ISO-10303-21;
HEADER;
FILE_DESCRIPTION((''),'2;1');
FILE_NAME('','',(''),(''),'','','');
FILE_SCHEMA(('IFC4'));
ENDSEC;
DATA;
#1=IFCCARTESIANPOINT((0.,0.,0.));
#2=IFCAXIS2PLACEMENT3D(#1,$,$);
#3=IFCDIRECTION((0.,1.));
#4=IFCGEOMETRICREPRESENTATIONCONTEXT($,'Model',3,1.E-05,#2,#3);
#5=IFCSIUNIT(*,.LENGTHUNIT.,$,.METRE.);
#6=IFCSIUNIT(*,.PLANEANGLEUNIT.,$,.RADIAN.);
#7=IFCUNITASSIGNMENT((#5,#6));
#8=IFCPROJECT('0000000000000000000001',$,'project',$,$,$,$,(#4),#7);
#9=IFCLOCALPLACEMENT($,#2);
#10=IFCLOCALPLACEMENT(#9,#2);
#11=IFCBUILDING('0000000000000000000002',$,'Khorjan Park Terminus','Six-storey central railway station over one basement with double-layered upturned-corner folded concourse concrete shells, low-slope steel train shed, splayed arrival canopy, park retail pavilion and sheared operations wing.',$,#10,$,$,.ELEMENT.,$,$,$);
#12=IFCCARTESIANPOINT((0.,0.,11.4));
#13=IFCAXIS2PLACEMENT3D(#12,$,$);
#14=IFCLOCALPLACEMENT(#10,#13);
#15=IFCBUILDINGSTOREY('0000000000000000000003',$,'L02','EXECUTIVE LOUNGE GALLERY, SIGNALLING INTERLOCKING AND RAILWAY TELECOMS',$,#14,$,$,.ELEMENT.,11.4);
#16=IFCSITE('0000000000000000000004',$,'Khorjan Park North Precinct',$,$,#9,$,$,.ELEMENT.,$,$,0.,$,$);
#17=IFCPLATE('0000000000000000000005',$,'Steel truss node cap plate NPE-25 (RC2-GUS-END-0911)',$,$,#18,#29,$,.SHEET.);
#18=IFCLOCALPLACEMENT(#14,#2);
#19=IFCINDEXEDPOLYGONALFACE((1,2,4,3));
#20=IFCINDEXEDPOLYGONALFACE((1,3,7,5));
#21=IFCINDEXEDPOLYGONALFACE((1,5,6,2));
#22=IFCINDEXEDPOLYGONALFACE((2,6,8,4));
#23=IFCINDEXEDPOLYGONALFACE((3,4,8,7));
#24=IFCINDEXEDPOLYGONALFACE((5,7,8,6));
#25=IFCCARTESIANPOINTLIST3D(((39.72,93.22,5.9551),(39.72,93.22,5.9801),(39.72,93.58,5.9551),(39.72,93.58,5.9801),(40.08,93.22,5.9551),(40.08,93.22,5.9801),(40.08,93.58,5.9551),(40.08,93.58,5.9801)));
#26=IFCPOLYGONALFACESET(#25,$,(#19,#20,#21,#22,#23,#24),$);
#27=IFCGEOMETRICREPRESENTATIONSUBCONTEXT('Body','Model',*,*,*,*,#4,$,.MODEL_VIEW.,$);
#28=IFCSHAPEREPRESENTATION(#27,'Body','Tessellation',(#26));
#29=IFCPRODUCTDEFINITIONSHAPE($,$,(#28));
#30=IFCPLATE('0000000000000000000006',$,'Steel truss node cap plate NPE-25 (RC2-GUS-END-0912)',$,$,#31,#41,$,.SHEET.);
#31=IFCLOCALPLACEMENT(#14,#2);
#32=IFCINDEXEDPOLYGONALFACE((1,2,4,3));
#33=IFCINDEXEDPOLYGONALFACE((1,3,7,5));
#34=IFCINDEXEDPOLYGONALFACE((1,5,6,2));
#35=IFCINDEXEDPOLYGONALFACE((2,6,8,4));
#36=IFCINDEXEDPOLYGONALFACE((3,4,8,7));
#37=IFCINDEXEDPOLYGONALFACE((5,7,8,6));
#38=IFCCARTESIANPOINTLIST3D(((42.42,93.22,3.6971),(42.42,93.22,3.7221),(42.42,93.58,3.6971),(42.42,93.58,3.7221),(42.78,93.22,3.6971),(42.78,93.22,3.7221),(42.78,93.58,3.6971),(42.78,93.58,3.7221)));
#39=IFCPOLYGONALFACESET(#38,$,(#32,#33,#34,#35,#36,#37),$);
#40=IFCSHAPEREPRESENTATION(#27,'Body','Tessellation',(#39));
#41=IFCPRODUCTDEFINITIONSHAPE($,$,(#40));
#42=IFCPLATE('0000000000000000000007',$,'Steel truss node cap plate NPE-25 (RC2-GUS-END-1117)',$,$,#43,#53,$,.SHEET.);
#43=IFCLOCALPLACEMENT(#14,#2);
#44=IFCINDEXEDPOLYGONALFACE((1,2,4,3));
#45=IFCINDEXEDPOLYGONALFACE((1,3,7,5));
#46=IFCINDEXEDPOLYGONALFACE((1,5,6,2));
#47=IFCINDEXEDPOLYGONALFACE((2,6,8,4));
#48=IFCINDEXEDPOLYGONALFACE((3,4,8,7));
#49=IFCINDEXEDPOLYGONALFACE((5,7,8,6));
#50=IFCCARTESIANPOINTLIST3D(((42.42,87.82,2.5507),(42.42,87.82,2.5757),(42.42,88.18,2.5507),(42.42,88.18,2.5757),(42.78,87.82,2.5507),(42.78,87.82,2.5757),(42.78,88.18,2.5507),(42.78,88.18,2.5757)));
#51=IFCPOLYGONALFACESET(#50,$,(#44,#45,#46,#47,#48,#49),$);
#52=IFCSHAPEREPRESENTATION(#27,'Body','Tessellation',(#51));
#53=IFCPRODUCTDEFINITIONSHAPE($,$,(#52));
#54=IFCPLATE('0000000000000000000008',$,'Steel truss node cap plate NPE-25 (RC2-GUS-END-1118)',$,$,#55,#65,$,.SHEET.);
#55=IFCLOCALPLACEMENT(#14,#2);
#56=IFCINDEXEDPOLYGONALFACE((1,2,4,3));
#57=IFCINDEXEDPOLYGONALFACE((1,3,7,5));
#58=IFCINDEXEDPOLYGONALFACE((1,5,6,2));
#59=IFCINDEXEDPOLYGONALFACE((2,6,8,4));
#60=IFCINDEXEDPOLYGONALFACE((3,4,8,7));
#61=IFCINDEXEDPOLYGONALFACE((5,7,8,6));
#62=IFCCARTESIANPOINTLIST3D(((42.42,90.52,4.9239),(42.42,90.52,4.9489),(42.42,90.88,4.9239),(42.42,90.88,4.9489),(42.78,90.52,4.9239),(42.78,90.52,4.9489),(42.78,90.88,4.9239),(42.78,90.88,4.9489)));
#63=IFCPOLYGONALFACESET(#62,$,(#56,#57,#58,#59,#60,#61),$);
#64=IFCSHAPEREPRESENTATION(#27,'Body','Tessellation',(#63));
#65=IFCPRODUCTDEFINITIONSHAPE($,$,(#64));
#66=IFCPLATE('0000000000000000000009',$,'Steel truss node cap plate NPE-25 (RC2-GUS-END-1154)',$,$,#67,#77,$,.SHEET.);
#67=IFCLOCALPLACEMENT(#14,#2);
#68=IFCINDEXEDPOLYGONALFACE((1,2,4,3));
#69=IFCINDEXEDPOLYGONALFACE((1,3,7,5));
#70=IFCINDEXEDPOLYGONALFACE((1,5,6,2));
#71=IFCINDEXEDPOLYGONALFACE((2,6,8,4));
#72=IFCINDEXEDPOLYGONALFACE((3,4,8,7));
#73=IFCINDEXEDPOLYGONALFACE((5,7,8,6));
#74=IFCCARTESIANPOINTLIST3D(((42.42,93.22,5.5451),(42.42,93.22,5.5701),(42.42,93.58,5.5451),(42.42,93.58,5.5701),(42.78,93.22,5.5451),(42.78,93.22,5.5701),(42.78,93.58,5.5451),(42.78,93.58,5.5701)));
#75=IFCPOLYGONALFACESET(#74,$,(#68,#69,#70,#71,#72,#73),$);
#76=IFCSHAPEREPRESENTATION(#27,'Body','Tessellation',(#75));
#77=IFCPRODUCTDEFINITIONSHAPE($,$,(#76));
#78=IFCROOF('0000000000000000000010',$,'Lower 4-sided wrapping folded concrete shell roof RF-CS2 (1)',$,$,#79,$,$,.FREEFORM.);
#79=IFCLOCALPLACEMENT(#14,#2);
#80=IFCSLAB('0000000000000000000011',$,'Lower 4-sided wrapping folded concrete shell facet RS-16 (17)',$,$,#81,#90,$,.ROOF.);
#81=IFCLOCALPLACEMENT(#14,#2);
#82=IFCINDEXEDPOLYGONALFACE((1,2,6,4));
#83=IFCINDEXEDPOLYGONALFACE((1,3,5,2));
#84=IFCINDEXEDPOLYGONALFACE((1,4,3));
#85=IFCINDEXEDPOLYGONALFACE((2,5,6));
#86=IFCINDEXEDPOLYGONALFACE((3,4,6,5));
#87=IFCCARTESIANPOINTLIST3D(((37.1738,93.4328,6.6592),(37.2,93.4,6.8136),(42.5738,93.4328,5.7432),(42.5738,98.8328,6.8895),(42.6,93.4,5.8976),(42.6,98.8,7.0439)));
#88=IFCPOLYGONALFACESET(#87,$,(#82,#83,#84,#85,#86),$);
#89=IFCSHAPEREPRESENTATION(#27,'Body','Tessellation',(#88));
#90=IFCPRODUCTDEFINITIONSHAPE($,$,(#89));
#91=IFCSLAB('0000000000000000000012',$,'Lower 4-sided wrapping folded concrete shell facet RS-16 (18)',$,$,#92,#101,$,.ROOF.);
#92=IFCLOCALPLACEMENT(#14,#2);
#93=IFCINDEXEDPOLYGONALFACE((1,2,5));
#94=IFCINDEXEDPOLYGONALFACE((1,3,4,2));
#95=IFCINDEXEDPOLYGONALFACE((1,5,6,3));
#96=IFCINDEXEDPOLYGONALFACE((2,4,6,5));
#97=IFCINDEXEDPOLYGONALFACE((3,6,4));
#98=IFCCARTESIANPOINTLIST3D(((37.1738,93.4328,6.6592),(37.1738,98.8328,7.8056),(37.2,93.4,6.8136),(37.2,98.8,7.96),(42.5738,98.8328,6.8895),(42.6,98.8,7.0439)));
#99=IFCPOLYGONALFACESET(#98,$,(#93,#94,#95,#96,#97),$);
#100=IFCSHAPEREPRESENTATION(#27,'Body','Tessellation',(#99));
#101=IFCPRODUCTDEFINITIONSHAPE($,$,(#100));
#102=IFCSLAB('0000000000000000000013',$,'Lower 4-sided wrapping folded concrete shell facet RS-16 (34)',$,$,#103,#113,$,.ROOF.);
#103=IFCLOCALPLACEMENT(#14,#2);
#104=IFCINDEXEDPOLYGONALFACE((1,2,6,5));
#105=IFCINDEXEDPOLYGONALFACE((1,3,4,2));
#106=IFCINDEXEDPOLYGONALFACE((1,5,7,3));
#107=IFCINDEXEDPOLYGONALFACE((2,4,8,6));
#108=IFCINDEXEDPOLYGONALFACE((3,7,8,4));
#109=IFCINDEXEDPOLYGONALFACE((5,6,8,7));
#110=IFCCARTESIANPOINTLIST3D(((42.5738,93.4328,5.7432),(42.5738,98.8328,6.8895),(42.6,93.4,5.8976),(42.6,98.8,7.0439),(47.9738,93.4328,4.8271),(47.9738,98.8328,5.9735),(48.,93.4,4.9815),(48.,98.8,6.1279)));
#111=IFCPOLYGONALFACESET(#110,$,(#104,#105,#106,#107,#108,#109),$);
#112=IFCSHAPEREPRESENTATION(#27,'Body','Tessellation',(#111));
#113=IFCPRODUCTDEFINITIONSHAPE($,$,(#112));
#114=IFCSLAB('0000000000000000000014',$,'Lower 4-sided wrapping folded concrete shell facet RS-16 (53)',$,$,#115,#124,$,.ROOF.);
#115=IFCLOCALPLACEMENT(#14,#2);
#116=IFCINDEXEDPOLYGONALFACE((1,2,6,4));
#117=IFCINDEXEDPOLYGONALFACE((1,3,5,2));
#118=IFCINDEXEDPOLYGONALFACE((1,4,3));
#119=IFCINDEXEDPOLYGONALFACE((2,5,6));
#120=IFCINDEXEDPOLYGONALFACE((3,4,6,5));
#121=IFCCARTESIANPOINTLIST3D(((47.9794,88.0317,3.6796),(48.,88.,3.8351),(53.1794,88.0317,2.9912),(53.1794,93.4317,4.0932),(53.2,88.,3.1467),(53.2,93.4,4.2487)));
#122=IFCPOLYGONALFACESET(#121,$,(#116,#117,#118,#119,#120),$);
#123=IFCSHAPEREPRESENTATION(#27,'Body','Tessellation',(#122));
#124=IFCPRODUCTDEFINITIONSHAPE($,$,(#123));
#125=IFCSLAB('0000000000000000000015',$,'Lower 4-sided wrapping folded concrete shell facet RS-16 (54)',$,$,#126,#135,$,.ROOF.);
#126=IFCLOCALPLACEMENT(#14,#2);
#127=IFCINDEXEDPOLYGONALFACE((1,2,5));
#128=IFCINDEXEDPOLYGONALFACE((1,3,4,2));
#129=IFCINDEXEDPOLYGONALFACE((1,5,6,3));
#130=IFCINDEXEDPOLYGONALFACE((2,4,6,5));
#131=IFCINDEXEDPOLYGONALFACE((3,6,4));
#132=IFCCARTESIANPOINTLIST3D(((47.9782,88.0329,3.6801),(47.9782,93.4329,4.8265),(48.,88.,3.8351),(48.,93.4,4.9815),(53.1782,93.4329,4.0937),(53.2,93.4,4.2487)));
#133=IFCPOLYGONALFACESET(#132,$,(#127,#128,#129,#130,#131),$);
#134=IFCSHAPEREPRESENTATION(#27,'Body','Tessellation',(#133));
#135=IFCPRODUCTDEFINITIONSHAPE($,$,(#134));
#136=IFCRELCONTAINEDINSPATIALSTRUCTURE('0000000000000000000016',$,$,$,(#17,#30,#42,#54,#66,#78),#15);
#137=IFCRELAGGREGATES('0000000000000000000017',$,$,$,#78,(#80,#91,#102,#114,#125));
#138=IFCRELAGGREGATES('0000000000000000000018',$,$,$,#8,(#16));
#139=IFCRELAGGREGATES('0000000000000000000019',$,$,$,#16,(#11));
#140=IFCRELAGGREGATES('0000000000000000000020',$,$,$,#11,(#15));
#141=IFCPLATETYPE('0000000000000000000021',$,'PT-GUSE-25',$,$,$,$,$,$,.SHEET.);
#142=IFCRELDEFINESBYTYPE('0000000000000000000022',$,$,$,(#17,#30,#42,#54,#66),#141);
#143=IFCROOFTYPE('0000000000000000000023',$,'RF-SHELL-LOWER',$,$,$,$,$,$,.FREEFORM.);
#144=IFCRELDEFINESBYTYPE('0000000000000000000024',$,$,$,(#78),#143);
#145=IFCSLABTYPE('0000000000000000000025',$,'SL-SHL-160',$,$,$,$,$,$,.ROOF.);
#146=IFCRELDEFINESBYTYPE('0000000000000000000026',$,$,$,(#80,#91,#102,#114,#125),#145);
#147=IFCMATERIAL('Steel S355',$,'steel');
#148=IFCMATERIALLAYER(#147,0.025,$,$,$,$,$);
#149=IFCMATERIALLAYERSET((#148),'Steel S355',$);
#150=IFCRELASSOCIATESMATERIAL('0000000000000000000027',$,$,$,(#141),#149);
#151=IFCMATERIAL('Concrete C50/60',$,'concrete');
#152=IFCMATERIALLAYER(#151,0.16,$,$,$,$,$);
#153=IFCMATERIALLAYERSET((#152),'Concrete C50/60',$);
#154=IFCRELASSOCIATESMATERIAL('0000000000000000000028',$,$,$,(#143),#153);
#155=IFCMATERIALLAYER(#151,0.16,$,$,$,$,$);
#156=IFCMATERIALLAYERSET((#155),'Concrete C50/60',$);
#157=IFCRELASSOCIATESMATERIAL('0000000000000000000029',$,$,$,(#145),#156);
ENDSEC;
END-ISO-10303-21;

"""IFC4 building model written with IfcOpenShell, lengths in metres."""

from ifc_helpers import new_model, si_unit, direction, frame, origin, origin_2d, place, context, subcontext, project, spatial, polyline, rectangle, outline, extrude, material, layer, layer_set, type_object, element, aggregate, save


model = new_model("IFC4")

# Units and contexts
model_context = context("Model", 3, precision=1e-05, world=origin(), true_north=direction((0.0, 1.0)))
body_context = subcontext(model_context, "Body", "Model", "MODEL_VIEW")
ifc_project = project(units=[si_unit("LENGTHUNIT", "METRE"), si_unit("PLANEANGLEUNIT", "RADIAN")], contexts=[model_context])

# Site, building, storey
site_placement = place(None, origin())
site = spatial("IfcSite", under=ifc_project, at=site_placement, Name="Khorjan Park North Precinct", CompositionType="ELEMENT", RefElevation=0.0)
building_placement = place(site_placement, origin())
building = spatial("IfcBuilding", under=site, at=building_placement, Name="Khorjan Park Terminus", Description="Six-storey central railway station over one basement with double-layered upturned-corner folded concourse concrete shells, low-slope steel train shed, splayed arrival canopy, park retail pavilion and sheared operations wing.", CompositionType="ELEMENT")
storey_placement = place(building_placement, frame((0.0, 0.0, 11.4)))
storey = spatial("IfcBuildingStorey", under=building, at=storey_placement, Name="L02", Description="EXECUTIVE LOUNGE GALLERY, SIGNALLING INTERLOCKING AND RAILWAY TELECOMS", CompositionType="ELEMENT", Elevation=11.4)

# Shared definitions
ifc_material_1 = material(Name="Concrete C50/60", Category="concrete")

# Shared definitions
ifc_material_2 = material(Name="Steel S355", Category="steel")

# Plates
ifc_layer_1 = layer(ifc_material_2, 0.025)
ifc_layer_set_1 = layer_set([ifc_layer_1], Name="Steel S355")
plate_type = type_object("IfcPlateType", Name="PT-GUSE-25", PredefinedType="SHEET", material=ifc_layer_set_1)
for number, where, z_axis, x_axis, name in (
    (1, (39.9, 93.4, 5.9551), (0.0, 0.0, 1.0), (1.0, 0.0, 0.0), "Steel truss node cap plate NPE-25 (RC2-GUS-END-0911)"),
    (2, (42.6, 93.4, 3.6971), (0.0, 0.0, 1.0), (1.0, 0.0, 0.0), "Steel truss node cap plate NPE-25 (RC2-GUS-END-0912)"),
    (3, (42.6, 88.0, 2.5507), (0.0, 0.0, 1.0), (1.0, 0.0, 0.0), "Steel truss node cap plate NPE-25 (RC2-GUS-END-1117)"),
    (4, (42.6, 90.7, 4.9239), (0.0, 0.0, 1.0), (1.0, 0.0, 0.0), "Steel truss node cap plate NPE-25 (RC2-GUS-END-1118)"),
    (5, (42.6, 93.4, 5.5451), (0.0, 0.0, 1.0), (1.0, 0.0, 0.0), "Steel truss node cap plate NPE-25 (RC2-GUS-END-1154)"),
):
    element("IfcPlate", number, at=place(storey_placement, frame(where, z_axis=z_axis, x_axis=x_axis)), inside=storey, type_object=plate_type, Name=name, PredefinedType="SHEET", context=body_context, shape_type="SweptSolid", body=[
        extrude(rectangle(XDim=0.36, YDim=0.36, at=origin_2d()), origin(), (0.0, 0.0, 1.0), 0.025),
    ])

# Roof, slabs
ifc_layer_2 = layer(ifc_material_1, 0.16)
ifc_layer_set_2 = layer_set([ifc_layer_2], Name="Concrete C50/60")
roof_type = type_object("IfcRoofType", Name="RF-SHELL-LOWER", PredefinedType="FREEFORM", material=ifc_layer_set_2)
roof_placement = place(storey_placement, origin())
roof = element("IfcRoof", 6, at=roof_placement, inside=storey, type_object=roof_type, Name="Lower 4-sided wrapping folded concrete shell roof RF-CS2 (1)", PredefinedType="FREEFORM")
ifc_layer_3 = layer(ifc_material_1, 0.16)
ifc_layer_set_3 = layer_set([ifc_layer_3], Name="Concrete C50/60")
slab_type = type_object("IfcSlabType", Name="SL-SHL-160", PredefinedType="ROOF", material=ifc_layer_set_3)
slab_1_placement = place(storey_placement, frame((37.2, 93.4, 6.8136), z_axis=(0.163694, -0.20485, 0.965008), x_axis=(0.985916, 0.0, -0.167241)))
slab_1 = element("IfcSlab", 7, at=slab_1_placement, type_object=slab_type, Name="Lower 4-sided wrapping folded concrete shell facet RS-16 (17)", PredefinedType="ROOF", context=body_context, shape_type="SweptSolid", body=[
    extrude(outline(polyline([(0.0, 0.0), (5.4771, 0.0), (5.2854, 5.517), (0.0, 0.0)])), origin(), (0.0, 0.0, -1.0), 0.16),
])
slab_2_placement = place(storey_placement, frame((37.2, 93.4, 6.8136), z_axis=(0.163711, -0.204866, 0.965002), x_axis=(0.706785, 0.706785, 0.030143)))
slab_2 = element("IfcSlab", 8, at=slab_2_placement, type_object=slab_type, Name="Lower 4-sided wrapping folded concrete shell facet RS-16 (18)", PredefinedType="ROOF", context=body_context, shape_type="SweptSolid", body=[
    extrude(outline(polyline([(0.0, 0.0), (7.6402, 0.0), (3.8512, 3.9551), (0.0, 0.0)])), origin(), (0.0, 0.0, -1.0), 0.16),
])
slab_3_placement = place(storey_placement, frame((42.6, 93.4, 5.8976), z_axis=(0.163702, -0.204858, 0.965005), x_axis=(0.985915, -0.000002, -0.16725)))
slab_3 = element("IfcSlab", 9, at=slab_3_placement, type_object=slab_type, Name="Lower 4-sided wrapping folded concrete shell facet RS-16 (34)", PredefinedType="ROOF", context=body_context, shape_type="SweptSolid", body=[
    extrude(outline(polyline([(0.0, 0.0), (5.4772, 0.0), (5.2854, 5.517), (-0.1917, 5.517), (0.0, 0.0)])), origin(), (0.0, 0.0, -1.0), 0.16),
])
slab_4_placement = place(storey_placement, frame((48.0, 88.0, 3.8351), z_axis=(0.128634, -0.198292, 0.971665), x_axis=(0.991351, 0.0, -0.13124)))
slab_4 = element("IfcSlab", 10, at=slab_4_placement, type_object=slab_type, Name="Lower 4-sided wrapping folded concrete shell facet RS-16 (53)", PredefinedType="ROOF", context=body_context, shape_type="SweptSolid", body=[
    extrude(outline(polyline([(0.0, 0.0), (5.2454, 0.0), (5.1007, 5.5094), (0.0, 0.0)])), origin(), (0.0, 0.0, -1.0), 0.16),
])
slab_5_placement = place(storey_placement, frame((48.0, 88.0, 3.8351), z_axis=(0.136559, -0.205723, 0.969035), x_axis=(0.692588, 0.719226, 0.055087)))
slab_5 = element("IfcSlab", 11, at=slab_5_placement, type_object=slab_type, Name="Lower 4-sided wrapping folded concrete shell facet RS-16 (54)", PredefinedType="ROOF", context=body_context, shape_type="SweptSolid", body=[
    extrude(outline(polyline([(0.0, 0.0), (7.5081, 0.0), (3.947, 3.8595), (0.0, 0.0)])), origin(), (0.0, 0.0, -1.0), 0.16),
])
aggregate(roof, [slab_1, slab_2, slab_3, slab_4, slab_5])

save(model, "model.ifc")
